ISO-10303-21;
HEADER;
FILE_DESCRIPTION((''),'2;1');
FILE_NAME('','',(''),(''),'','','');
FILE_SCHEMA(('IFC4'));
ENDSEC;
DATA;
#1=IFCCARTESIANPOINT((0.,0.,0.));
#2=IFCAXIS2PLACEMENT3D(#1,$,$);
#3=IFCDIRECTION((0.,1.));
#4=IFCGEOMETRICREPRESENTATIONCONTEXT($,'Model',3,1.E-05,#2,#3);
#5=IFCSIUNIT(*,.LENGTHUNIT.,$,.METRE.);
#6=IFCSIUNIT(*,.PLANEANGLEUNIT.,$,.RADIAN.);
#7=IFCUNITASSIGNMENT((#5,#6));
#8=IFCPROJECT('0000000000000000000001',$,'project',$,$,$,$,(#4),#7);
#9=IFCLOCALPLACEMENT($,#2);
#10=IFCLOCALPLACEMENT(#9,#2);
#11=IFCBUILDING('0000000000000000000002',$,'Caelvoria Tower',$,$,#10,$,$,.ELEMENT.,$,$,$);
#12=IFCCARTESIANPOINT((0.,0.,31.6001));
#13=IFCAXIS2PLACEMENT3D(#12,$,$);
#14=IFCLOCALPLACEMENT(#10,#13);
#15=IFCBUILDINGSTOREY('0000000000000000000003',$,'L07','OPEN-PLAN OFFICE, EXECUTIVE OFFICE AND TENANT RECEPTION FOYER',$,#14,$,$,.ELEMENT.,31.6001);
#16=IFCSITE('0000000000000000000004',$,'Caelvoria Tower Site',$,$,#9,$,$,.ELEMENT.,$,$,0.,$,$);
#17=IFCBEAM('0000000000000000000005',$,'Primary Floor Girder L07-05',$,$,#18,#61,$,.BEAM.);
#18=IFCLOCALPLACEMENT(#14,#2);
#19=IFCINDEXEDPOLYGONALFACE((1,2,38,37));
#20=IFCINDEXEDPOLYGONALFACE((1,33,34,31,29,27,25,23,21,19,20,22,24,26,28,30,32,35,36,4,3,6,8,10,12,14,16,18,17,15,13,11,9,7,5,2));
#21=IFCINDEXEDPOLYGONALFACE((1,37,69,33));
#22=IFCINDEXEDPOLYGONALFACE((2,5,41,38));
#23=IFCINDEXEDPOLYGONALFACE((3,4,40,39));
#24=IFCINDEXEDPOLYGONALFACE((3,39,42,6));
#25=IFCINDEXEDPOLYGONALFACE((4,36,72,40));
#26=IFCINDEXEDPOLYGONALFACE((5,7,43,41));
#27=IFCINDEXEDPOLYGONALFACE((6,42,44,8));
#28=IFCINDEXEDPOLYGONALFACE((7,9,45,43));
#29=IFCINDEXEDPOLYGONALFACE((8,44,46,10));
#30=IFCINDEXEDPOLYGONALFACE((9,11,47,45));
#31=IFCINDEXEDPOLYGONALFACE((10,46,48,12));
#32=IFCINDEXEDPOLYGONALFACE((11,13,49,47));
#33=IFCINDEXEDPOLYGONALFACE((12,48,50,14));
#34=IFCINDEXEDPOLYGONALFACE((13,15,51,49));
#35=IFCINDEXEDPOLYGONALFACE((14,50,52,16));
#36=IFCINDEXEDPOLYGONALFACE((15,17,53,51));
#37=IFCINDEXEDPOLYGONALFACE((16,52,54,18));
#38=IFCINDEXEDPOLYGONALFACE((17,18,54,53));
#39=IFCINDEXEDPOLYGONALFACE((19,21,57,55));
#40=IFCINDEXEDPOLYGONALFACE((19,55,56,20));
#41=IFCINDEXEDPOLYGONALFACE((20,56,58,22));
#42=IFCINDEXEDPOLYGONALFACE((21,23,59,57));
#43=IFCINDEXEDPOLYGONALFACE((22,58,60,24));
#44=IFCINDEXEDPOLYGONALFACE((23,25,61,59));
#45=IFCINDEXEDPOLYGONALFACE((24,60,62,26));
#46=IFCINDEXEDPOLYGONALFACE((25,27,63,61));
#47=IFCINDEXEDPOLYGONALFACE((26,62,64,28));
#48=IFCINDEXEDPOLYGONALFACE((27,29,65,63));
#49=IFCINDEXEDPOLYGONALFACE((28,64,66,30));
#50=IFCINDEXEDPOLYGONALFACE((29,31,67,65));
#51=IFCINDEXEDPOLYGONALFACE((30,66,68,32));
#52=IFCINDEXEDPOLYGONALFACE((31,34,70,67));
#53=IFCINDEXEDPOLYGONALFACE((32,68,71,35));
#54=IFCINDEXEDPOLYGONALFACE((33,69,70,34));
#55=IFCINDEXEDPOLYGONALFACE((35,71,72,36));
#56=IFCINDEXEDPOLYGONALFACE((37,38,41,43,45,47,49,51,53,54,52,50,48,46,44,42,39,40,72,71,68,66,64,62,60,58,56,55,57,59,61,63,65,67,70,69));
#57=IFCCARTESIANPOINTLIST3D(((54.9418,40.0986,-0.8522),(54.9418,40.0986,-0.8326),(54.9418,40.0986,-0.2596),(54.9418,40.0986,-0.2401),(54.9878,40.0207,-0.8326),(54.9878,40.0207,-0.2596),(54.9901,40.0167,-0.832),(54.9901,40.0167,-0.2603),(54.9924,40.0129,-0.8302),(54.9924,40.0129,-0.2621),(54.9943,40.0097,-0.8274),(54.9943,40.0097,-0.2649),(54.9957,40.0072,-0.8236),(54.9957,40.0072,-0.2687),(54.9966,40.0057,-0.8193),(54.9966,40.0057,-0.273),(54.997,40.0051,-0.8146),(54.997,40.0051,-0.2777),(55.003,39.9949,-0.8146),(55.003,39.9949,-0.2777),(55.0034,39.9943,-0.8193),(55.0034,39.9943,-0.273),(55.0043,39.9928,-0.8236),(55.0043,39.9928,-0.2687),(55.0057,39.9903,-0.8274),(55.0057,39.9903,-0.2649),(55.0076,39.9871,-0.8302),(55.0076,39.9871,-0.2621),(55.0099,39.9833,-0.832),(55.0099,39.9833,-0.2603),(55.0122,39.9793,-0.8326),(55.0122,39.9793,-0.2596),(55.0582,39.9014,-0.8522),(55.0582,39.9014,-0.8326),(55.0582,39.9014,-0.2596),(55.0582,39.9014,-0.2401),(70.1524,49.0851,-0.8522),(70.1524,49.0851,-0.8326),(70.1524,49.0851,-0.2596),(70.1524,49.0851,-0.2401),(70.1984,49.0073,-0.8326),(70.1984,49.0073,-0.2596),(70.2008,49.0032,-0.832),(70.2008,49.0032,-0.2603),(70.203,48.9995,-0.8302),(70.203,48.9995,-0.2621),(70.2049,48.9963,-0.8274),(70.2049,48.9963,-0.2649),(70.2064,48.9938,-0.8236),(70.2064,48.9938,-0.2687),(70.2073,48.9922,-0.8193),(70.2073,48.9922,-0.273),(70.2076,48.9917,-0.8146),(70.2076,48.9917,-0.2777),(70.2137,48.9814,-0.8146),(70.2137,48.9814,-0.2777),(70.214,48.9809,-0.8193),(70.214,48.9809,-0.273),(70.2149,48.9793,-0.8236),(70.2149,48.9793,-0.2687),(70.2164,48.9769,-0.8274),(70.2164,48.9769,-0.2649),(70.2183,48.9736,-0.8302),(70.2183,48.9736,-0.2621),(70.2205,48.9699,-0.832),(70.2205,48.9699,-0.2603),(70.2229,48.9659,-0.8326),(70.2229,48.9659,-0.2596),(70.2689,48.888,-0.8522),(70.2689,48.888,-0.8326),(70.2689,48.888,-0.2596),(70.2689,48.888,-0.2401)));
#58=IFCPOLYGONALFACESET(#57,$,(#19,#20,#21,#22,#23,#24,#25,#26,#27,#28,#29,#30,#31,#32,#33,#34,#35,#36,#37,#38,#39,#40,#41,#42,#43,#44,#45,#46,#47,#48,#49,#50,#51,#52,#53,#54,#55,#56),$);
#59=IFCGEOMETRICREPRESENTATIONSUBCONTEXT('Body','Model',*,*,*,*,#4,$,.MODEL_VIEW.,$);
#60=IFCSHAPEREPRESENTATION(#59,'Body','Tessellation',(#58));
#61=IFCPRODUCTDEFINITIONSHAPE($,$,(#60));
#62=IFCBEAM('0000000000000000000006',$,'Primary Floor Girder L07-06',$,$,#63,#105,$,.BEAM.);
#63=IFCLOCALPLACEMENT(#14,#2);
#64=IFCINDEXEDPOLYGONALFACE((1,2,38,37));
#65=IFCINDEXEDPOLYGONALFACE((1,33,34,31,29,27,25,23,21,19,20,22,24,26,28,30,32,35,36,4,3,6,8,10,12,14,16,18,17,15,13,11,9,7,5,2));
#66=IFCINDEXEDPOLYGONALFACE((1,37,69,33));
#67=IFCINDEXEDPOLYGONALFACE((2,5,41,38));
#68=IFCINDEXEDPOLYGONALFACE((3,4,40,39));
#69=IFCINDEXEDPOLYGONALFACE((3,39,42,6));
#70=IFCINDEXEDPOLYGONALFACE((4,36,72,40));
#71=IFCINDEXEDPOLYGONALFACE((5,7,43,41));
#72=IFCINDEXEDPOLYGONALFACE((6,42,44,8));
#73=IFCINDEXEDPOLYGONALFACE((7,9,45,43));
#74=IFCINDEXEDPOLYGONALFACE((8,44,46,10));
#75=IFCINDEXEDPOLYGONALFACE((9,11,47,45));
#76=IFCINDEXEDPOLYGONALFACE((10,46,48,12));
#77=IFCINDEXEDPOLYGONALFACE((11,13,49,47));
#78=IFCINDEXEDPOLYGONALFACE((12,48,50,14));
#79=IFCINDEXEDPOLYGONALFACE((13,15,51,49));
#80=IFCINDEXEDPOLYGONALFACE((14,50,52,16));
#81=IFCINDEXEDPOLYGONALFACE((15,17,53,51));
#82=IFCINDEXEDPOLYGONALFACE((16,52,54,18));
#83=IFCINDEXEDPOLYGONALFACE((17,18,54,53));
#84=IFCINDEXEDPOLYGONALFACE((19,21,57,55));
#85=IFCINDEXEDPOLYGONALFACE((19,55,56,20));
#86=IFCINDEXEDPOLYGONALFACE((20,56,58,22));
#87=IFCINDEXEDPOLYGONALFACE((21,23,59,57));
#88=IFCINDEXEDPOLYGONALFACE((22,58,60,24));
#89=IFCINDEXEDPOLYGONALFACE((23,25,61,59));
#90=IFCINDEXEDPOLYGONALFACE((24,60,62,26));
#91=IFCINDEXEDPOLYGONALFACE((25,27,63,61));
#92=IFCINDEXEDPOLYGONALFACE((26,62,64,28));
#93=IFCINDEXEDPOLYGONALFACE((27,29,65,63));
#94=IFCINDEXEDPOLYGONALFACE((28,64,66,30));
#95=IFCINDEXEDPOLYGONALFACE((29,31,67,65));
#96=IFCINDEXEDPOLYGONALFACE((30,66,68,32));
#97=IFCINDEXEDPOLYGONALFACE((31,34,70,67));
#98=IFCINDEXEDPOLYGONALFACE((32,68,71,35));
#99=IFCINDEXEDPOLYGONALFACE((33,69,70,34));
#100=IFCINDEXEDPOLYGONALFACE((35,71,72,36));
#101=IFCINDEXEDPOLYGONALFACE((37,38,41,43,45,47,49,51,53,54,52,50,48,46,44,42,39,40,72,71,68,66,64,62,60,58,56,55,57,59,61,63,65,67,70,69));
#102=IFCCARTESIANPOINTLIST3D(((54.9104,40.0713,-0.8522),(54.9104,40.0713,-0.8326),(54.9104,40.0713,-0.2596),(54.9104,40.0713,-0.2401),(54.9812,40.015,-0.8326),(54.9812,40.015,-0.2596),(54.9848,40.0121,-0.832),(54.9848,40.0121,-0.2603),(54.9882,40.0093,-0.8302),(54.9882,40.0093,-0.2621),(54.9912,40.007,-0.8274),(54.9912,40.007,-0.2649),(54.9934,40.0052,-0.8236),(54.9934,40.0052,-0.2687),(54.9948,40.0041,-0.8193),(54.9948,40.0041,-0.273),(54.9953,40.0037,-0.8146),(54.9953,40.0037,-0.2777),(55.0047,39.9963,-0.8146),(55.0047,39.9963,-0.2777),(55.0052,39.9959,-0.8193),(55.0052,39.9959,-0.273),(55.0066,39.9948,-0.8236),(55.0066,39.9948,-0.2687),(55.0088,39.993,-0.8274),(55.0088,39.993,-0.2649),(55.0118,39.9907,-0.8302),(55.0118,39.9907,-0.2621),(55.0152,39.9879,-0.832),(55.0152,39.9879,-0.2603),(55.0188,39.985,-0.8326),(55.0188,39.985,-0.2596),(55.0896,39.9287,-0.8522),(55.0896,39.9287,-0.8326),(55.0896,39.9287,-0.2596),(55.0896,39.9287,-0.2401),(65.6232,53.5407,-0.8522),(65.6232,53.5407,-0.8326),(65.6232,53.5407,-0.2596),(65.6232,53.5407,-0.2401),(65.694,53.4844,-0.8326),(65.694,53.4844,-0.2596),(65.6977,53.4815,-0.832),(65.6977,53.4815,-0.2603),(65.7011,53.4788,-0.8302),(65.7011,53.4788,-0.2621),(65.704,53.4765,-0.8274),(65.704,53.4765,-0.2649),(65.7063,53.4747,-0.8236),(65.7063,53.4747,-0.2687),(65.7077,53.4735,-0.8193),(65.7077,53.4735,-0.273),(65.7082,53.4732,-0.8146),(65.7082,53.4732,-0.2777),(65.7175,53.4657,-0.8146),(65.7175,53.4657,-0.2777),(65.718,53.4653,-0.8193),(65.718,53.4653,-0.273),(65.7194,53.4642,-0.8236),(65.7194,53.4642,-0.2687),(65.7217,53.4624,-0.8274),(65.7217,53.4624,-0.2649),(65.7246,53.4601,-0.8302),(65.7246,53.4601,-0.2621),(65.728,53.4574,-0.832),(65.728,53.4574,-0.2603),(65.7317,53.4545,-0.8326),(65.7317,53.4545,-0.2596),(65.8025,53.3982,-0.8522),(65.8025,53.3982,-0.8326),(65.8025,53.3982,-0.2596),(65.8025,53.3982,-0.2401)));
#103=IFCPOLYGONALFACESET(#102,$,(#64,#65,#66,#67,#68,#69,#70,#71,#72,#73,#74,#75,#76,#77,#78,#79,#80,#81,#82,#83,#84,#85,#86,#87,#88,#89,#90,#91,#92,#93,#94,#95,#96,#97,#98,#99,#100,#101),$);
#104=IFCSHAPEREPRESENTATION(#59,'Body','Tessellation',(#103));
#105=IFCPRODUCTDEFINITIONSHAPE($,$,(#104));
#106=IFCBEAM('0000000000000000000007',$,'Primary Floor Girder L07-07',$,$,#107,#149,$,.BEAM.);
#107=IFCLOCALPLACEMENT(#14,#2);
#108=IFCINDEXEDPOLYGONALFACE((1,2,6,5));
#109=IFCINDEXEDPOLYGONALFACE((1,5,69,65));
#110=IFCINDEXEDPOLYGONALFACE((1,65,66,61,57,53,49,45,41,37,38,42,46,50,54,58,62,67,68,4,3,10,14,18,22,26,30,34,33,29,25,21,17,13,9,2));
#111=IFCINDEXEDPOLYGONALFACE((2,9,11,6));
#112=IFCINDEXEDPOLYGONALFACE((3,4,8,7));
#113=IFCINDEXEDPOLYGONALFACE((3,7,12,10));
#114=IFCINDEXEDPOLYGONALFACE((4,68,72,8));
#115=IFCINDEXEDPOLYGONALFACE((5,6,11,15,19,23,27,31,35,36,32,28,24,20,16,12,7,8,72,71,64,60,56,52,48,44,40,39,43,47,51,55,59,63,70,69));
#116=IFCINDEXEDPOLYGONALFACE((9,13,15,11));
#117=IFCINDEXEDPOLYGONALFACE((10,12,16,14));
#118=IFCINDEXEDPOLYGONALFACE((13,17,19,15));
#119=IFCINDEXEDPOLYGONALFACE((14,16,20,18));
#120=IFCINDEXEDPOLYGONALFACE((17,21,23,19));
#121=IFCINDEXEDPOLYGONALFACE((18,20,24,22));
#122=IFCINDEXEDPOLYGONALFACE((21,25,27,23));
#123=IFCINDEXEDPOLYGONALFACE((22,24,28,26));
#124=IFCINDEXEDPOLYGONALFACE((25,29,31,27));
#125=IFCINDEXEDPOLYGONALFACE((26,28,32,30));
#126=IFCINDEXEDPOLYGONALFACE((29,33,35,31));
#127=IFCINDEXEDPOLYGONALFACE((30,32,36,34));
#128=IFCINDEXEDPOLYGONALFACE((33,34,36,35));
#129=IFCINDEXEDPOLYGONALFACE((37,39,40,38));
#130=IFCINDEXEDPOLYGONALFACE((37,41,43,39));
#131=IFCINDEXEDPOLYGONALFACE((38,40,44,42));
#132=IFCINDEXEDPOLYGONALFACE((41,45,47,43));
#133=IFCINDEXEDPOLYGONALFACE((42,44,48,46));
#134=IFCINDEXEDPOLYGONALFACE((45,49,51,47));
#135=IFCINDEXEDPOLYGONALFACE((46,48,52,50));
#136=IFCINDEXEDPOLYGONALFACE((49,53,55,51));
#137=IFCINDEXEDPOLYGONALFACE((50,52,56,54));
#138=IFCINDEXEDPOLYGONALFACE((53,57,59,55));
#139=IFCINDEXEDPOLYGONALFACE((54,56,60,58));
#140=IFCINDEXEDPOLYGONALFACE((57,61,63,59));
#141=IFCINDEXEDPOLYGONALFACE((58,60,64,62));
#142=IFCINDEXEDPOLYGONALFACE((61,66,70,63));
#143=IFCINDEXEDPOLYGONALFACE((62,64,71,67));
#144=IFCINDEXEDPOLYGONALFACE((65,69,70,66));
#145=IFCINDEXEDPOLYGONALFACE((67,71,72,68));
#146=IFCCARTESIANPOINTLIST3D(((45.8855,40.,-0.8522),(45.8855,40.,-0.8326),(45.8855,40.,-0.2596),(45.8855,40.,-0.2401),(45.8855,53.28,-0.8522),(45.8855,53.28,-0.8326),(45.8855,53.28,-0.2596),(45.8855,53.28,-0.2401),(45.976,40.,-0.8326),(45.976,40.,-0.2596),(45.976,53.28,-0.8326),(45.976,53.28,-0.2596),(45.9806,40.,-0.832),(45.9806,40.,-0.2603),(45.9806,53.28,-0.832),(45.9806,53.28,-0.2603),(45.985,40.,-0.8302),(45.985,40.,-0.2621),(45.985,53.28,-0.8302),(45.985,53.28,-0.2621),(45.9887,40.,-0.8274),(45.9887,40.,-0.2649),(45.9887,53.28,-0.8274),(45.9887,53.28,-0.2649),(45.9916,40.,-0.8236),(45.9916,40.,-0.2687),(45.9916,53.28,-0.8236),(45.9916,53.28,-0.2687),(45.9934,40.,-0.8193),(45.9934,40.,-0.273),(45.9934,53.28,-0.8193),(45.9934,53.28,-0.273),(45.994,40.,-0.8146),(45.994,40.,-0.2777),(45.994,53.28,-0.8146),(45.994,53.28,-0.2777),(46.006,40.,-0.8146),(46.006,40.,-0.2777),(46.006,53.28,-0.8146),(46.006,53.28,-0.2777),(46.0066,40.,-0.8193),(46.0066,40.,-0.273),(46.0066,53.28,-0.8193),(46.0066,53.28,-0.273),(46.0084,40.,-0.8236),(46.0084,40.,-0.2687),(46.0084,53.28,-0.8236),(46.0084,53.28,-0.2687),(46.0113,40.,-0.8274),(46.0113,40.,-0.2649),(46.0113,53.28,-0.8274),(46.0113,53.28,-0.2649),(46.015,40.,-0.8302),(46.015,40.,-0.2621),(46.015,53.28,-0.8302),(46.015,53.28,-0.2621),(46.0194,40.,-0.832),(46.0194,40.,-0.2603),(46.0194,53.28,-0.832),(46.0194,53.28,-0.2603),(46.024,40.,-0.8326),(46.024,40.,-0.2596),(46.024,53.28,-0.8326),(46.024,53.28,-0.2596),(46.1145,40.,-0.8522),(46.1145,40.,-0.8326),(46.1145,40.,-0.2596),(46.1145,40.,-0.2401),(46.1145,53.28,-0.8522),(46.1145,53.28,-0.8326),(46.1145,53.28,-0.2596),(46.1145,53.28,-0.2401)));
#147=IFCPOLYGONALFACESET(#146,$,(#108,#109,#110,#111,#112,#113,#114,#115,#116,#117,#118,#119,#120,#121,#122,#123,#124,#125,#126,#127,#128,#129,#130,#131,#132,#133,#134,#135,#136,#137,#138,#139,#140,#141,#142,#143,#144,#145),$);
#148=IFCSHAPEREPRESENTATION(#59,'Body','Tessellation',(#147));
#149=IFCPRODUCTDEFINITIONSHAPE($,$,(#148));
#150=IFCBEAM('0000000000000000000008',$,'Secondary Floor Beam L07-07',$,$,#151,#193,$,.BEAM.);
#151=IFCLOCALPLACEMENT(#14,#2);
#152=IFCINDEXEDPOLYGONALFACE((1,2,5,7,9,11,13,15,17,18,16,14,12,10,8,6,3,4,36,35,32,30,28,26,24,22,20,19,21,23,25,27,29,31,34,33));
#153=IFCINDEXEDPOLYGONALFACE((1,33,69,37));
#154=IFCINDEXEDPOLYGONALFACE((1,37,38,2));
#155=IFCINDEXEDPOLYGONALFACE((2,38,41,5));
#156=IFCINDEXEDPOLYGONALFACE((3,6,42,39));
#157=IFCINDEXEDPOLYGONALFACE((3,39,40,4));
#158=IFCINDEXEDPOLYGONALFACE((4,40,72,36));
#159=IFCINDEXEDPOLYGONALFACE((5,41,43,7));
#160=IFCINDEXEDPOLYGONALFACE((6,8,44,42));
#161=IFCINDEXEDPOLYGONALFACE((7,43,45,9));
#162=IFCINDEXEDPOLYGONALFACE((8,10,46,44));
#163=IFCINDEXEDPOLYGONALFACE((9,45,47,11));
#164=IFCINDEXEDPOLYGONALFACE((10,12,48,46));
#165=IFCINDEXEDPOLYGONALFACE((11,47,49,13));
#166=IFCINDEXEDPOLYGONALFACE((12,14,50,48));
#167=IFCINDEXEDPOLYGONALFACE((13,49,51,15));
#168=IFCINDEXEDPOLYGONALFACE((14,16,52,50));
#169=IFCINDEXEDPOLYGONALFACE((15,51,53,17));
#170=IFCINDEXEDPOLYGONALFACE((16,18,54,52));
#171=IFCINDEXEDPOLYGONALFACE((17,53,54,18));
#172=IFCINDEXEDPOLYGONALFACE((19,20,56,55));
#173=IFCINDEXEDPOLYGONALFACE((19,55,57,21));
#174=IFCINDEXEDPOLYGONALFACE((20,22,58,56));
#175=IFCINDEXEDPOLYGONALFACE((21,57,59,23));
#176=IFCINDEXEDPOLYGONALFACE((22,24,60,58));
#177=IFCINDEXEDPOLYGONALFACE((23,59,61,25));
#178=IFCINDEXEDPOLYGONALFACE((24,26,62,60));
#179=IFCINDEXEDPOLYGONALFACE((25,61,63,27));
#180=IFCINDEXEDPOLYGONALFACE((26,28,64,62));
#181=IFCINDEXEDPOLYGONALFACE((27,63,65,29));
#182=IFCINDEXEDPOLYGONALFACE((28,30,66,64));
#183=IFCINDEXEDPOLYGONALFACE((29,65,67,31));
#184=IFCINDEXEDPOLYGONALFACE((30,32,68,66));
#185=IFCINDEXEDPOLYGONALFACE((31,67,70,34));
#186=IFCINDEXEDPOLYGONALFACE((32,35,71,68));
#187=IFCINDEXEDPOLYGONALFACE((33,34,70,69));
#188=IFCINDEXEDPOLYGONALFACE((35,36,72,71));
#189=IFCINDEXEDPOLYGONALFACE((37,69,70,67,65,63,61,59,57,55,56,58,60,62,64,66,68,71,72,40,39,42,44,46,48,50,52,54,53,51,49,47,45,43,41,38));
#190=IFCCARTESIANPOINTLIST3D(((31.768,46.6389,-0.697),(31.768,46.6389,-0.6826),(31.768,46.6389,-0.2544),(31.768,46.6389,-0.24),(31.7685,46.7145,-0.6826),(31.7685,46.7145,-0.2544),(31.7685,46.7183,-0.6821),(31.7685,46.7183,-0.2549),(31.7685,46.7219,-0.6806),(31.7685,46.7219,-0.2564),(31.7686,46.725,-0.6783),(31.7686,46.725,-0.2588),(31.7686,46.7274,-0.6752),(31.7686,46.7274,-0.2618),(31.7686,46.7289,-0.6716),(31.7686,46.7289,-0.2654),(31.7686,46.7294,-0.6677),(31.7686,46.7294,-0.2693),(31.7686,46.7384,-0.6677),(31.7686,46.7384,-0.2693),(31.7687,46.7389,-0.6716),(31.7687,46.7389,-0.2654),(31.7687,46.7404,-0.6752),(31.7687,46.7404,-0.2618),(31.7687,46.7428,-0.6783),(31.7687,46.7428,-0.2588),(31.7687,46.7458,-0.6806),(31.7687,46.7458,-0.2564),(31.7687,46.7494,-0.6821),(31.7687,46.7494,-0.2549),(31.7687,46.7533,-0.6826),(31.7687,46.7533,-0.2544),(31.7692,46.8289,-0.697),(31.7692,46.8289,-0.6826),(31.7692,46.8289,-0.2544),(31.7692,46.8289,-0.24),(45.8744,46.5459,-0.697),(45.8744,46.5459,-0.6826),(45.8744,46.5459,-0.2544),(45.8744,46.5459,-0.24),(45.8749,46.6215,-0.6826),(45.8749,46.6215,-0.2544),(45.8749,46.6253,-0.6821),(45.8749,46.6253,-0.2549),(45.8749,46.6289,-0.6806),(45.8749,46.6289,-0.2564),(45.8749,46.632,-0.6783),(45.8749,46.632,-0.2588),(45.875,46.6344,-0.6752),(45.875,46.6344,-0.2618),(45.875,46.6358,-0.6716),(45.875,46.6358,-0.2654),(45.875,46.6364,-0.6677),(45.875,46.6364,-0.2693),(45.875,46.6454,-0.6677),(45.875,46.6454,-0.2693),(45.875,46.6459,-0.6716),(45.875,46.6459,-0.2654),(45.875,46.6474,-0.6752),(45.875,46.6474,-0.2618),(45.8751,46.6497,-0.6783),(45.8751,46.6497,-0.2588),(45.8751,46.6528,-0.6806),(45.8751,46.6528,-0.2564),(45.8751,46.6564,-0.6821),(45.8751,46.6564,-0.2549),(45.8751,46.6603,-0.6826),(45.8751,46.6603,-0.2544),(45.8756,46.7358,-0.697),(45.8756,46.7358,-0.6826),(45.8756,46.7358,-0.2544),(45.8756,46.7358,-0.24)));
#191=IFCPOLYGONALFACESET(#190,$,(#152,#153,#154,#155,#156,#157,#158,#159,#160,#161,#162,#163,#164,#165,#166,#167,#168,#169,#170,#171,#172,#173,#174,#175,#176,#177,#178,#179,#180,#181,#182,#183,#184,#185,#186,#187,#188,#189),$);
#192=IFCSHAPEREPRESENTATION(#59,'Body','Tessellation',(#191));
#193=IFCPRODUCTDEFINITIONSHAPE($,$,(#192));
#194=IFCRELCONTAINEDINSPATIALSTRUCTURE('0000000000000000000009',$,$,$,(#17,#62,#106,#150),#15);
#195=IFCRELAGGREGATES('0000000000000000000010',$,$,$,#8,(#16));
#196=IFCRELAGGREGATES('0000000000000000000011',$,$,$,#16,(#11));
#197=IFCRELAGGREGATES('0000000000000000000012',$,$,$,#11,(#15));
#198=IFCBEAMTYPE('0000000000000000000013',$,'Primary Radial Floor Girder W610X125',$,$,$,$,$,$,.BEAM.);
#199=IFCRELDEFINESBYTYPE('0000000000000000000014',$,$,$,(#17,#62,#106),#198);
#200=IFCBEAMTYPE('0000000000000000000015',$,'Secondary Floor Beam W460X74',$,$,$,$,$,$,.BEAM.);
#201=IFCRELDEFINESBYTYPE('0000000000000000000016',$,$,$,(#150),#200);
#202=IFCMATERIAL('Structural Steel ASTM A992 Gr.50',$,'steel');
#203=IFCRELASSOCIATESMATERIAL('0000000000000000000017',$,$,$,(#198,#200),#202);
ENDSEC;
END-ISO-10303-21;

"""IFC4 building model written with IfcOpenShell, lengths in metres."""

from ifc_helpers import new_model, si_unit, direction, frame, origin, origin_2d, place, context, subcontext, project, spatial, i_section, extrude, material, material_profile, profile_set, type_object, element, save


model = new_model("IFC4")

# Units and contexts
model_context = context("Model", 3, precision=1e-05, world=origin(), true_north=direction((0.0, 1.0)))
body_context = subcontext(model_context, "Body", "Model", "MODEL_VIEW")
ifc_project = project(units=[si_unit("LENGTHUNIT", "METRE"), si_unit("PLANEANGLEUNIT", "RADIAN")], contexts=[model_context])

# Site, building, storey
site_placement = place(None, origin())
site = spatial("IfcSite", under=ifc_project, at=site_placement, Name="Caelvoria Tower Site", CompositionType="ELEMENT", RefElevation=0.0)
building_placement = place(site_placement, origin())
building = spatial("IfcBuilding", under=site, at=building_placement, Name="Caelvoria Tower", CompositionType="ELEMENT")
storey_placement = place(building_placement, frame((0.0, 0.0, 31.6001)))
storey = spatial("IfcBuildingStorey", under=building, at=storey_placement, Name="L07", Description="OPEN-PLAN OFFICE, EXECUTIVE OFFICE AND TENANT RECEPTION FOYER", CompositionType="ELEMENT", Elevation=31.6001)

# Beams
ifc_material_1 = material(Name="Structural Steel ASTM A992 Gr.50", Category="steel")
ifc_material_profile_1 = material_profile(ifc_material_1, i_section(OverallWidth=0.229, OverallDepth=0.6121, WebThickness=0.012, FlangeThickness=0.0195, FilletRadius=0.0181, at=origin_2d()), Name="Structural Steel ASTM A992 Gr.50")
ifc_profile_set_1 = profile_set([ifc_material_profile_1], Name="W610X125 - Structural Steel ASTM A992 Gr.50")
beam_type_1 = type_object("IfcBeamType", Name="Primary Radial Floor Girder W610X125", PredefinedType="BEAM", material=ifc_profile_set_1)
beam_1_placement = place(storey_placement, frame((55.0, 40.0, -0.5461), z_axis=(0.860965, 0.508664, 0.0), x_axis=(-0.508664, 0.860965, 0.0)))
element("IfcBeam", 1, at=beam_1_placement, inside=storey, type_object=beam_type_1, Name="Primary Floor Girder L07-05", PredefinedType="BEAM", context=body_context, shape_type="SweptSolid", body=[
    extrude(i_section(OverallWidth=0.229, OverallDepth=0.6121, WebThickness=0.012, FlangeThickness=0.0195, FilletRadius=0.0181, at=origin_2d()), origin(), (0.0, 0.0, 1.0), 17.667),
])
beam_2_placement = place(storey_placement, frame((55.0, 40.0, -0.5461), z_axis=(0.622471, 0.782643, 0.0), x_axis=(-0.782643, 0.622471, 0.0)))
element("IfcBeam", 2, at=beam_2_placement, inside=storey, type_object=beam_type_1, Name="Primary Floor Girder L07-06", PredefinedType="BEAM", context=body_context, shape_type="SweptSolid", body=[
    extrude(i_section(OverallWidth=0.229, OverallDepth=0.6121, WebThickness=0.012, FlangeThickness=0.0195, FilletRadius=0.0181, at=origin_2d()), origin(), (0.0, 0.0, 1.0), 17.2102),
])
beam_3_placement = place(storey_placement, frame((46.0, 40.0, -0.5461), z_axis=(0.0, 1.0, 0.0), x_axis=(-1.0, 0.0, 0.0)))
element("IfcBeam", 3, at=beam_3_placement, inside=storey, type_object=beam_type_1, Name="Primary Floor Girder L07-07", PredefinedType="BEAM", context=body_context, shape_type="SweptSolid", body=[
    extrude(i_section(OverallWidth=0.229, OverallDepth=0.6121, WebThickness=0.012, FlangeThickness=0.0195, FilletRadius=0.0181, at=origin_2d()), origin(), (0.0, 0.0, 1.0), 13.28),
])
ifc_material_profile_2 = material_profile(ifc_material_1, i_section(OverallWidth=0.1899, OverallDepth=0.457, WebThickness=0.009, FlangeThickness=0.0144, FilletRadius=0.0149, at=origin_2d()), Name="Structural Steel ASTM A992 Gr.50")
ifc_profile_set_2 = profile_set([ifc_material_profile_2], Name="W460X74 - Structural Steel ASTM A992 Gr.50")
beam_type_2 = type_object("IfcBeamType", Name="Secondary Floor Beam W460X74", PredefinedType="BEAM", material=ifc_profile_set_2)
beam_4_placement = place(storey_placement, frame((45.875, 46.6409, -0.4685), z_axis=(-0.999978, 0.006594, 0.0), x_axis=(-0.006594, -0.999978, 0.0)))
element("IfcBeam", 4, at=beam_4_placement, inside=storey, type_object=beam_type_2, Name="Secondary Floor Beam L07-07", PredefinedType="BEAM", context=body_context, shape_type="SweptSolid", body=[
    extrude(i_section(OverallWidth=0.1899, OverallDepth=0.457, WebThickness=0.009, FlangeThickness=0.0144, FilletRadius=0.0149, at=origin_2d()), origin(), (0.0, 0.0, 1.0), 14.1067),
])

save(model, "model.ifc")
